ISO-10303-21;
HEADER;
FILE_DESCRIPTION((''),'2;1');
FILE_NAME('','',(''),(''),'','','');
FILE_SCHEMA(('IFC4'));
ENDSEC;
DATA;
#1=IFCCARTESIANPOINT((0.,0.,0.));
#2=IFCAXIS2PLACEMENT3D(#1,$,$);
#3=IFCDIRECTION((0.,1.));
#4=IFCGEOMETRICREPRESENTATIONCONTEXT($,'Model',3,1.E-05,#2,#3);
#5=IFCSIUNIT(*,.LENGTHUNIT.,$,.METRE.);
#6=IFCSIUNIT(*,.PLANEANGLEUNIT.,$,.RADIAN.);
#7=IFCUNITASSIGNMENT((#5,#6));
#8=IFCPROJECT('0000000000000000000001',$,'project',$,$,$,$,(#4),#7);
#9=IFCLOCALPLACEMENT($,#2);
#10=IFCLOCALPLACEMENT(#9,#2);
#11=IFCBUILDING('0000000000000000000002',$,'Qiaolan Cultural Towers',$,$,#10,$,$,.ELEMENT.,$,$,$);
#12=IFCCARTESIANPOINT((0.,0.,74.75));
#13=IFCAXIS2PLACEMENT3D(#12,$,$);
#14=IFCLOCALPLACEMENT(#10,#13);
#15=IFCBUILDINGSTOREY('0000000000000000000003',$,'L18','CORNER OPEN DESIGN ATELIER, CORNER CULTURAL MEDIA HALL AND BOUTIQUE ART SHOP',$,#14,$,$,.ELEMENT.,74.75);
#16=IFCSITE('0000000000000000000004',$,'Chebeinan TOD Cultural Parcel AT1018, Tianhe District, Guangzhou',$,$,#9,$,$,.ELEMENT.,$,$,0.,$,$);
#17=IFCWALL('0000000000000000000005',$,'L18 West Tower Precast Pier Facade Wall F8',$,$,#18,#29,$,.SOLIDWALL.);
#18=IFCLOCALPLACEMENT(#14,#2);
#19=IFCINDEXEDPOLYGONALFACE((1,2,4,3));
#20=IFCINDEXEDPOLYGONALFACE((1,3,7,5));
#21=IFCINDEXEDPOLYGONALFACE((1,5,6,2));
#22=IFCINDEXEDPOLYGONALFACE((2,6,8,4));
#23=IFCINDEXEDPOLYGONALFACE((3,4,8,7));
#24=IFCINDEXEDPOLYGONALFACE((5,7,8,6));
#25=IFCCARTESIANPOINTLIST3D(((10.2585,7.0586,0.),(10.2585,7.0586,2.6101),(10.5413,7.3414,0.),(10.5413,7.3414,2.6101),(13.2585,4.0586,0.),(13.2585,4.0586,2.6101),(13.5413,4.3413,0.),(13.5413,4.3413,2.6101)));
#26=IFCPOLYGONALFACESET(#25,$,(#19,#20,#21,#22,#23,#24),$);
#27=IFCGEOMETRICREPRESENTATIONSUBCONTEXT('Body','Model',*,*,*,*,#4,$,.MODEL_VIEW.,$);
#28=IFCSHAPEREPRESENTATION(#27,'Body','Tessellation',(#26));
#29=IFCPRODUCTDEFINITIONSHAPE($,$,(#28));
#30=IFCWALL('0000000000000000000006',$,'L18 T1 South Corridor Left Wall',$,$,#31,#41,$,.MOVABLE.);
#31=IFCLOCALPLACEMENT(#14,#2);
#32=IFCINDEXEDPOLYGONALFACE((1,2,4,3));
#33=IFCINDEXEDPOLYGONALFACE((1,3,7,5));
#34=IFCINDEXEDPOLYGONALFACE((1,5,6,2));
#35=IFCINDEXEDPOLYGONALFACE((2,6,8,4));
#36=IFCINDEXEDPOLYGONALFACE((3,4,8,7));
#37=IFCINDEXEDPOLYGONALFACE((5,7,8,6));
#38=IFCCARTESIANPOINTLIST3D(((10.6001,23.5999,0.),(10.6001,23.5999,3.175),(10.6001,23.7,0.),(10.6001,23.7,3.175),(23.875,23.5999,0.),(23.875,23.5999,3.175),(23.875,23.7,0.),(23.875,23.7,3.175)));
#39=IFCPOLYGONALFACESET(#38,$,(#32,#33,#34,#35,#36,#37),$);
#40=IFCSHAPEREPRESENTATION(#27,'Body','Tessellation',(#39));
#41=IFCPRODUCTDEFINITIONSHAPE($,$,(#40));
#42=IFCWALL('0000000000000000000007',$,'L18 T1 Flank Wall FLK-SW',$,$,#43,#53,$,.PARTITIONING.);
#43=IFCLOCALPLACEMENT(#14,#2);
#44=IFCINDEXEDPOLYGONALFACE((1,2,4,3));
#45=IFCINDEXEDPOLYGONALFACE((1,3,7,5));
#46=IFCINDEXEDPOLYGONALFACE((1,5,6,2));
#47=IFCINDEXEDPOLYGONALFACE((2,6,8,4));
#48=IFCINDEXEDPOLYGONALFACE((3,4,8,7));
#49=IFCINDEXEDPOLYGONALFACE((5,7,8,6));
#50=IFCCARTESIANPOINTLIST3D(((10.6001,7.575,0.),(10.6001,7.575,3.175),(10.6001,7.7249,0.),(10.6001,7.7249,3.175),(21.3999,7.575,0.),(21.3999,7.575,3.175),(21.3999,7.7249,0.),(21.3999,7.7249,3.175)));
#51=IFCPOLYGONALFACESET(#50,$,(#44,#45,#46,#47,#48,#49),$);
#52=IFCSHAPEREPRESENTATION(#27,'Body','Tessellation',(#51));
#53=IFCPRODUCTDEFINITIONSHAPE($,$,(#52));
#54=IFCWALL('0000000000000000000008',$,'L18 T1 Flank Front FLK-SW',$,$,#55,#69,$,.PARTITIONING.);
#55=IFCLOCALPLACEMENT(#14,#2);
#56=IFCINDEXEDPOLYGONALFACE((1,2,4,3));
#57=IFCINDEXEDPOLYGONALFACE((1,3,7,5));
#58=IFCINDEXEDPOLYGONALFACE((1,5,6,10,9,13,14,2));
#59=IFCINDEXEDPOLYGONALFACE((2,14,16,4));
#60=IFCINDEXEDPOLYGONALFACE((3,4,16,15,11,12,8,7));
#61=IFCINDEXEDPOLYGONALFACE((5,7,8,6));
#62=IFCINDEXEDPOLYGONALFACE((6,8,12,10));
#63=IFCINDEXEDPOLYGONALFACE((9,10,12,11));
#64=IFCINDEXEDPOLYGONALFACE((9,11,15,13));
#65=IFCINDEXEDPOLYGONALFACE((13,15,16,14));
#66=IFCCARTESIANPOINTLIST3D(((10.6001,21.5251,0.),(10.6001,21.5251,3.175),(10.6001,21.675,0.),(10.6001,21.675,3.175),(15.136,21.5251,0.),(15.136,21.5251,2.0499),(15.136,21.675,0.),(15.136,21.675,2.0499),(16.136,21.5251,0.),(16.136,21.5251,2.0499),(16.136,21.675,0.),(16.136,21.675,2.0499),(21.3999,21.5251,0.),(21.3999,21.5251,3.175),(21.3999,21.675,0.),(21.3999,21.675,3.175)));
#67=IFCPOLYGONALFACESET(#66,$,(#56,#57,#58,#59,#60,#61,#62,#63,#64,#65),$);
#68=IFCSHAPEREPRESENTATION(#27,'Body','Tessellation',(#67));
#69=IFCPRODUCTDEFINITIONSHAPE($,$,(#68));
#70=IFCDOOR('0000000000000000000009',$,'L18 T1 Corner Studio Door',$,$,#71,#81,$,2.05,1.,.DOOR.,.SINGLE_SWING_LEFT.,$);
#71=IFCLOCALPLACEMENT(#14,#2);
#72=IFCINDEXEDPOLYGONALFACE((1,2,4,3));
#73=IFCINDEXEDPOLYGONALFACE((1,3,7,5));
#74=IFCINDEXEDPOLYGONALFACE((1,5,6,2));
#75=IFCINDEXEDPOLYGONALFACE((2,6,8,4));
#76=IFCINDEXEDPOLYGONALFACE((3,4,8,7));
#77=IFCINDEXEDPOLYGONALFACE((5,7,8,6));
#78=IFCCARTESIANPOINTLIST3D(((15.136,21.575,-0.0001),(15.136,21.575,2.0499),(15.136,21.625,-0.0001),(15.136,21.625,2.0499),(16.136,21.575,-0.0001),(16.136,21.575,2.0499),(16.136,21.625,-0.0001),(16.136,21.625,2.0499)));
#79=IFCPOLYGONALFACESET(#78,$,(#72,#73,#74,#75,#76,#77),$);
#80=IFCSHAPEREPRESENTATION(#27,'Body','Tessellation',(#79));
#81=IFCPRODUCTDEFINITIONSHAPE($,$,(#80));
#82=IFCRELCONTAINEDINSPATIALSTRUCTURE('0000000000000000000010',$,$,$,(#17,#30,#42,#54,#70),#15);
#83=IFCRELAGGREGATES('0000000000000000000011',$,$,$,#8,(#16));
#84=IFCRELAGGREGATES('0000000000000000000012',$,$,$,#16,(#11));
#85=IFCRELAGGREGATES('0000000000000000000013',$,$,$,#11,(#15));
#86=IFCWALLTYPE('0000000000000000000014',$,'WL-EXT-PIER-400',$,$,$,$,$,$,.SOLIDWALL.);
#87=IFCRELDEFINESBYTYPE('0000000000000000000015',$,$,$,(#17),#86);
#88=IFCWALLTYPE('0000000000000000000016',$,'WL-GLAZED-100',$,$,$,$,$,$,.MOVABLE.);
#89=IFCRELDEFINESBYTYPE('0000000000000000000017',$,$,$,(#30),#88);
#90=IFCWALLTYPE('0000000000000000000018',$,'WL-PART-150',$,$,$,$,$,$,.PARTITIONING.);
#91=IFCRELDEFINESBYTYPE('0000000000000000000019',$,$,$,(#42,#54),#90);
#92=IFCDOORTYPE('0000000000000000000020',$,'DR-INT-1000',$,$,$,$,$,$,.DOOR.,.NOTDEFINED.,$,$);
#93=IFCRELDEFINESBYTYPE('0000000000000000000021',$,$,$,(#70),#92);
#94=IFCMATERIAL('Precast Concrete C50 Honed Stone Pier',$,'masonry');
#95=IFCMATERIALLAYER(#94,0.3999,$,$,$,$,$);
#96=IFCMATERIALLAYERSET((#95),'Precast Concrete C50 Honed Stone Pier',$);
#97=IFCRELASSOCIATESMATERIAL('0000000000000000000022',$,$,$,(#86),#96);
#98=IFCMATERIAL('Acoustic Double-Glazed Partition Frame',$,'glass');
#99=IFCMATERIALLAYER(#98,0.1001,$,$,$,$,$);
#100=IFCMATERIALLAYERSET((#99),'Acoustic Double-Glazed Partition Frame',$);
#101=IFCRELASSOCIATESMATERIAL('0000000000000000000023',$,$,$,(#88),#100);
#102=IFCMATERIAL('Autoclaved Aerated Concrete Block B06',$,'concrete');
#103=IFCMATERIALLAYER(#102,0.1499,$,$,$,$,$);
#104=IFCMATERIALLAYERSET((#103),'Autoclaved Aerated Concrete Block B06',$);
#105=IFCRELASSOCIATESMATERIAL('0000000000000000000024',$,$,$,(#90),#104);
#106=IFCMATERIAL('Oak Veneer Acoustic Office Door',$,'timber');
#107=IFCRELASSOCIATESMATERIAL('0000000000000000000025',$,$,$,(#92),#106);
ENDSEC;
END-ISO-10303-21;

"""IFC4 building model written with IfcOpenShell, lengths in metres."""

from ifc_helpers import new_model, si_unit, direction, frame, frame_2d, origin, place, context, subcontext, project, spatial, rectangle, extrude, material, layer, layer_set, type_object, element, fill, save


model = new_model("IFC4")

# Units and contexts
model_context = context("Model", 3, precision=1e-05, world=origin(), true_north=direction((0.0, 1.0)))
body_context = subcontext(model_context, "Body", "Model", "MODEL_VIEW")
ifc_project = project(units=[si_unit("LENGTHUNIT", "METRE"), si_unit("PLANEANGLEUNIT", "RADIAN")], contexts=[model_context])

# Site, building, storey
site_placement = place(None, origin())
site = spatial("IfcSite", under=ifc_project, at=site_placement, Name="Chebeinan TOD Cultural Parcel AT1018, Tianhe District, Guangzhou", CompositionType="ELEMENT", RefElevation=0.0)
building_placement = place(site_placement, origin())
building = spatial("IfcBuilding", under=site, at=building_placement, Name="Qiaolan Cultural Towers", CompositionType="ELEMENT")
storey_placement = place(building_placement, frame((0.0, 0.0, 74.75)))
storey = spatial("IfcBuildingStorey", under=building, at=storey_placement, Name="L18", Description="CORNER OPEN DESIGN ATELIER, CORNER CULTURAL MEDIA HALL AND BOUTIQUE ART SHOP", CompositionType="ELEMENT", Elevation=74.75)

# Shared definitions
ifc_material_1 = material(Name="Precast Concrete C50 Honed Stone Pier", Category="masonry")
ifc_layer_1 = layer(ifc_material_1, 0.3999)
ifc_layer_set_1 = layer_set([ifc_layer_1], Name="Precast Concrete C50 Honed Stone Pier")
wall_type_1 = type_object("IfcWallType", Name="WL-EXT-PIER-400", PredefinedType="SOLIDWALL", material=ifc_layer_set_1)

# Walls
wall_1_placement = place(storey_placement, frame((13.3999, 4.2, 0.0), z_axis=(0.0, 0.0, 1.0), x_axis=(-0.707107, 0.707107, 0.0)))
element("IfcWall", 1, at=wall_1_placement, inside=storey, type_object=wall_type_1, Name="L18 West Tower Precast Pier Facade Wall F8", PredefinedType="SOLIDWALL", context=body_context, shape_type="SweptSolid", body=[
    extrude(rectangle(XDim=4.2427, YDim=0.3999, at=frame_2d((2.1213, 0.0))), origin(), (0.0, 0.0, 1.0), 2.6101),
])
ifc_material_2 = material(Name="Acoustic Double-Glazed Partition Frame", Category="glass")
ifc_layer_2 = layer(ifc_material_2, 0.1001)
ifc_layer_set_2 = layer_set([ifc_layer_2], Name="Acoustic Double-Glazed Partition Frame")
wall_type_2 = type_object("IfcWallType", Name="WL-GLAZED-100", PredefinedType="MOVABLE", material=ifc_layer_set_2)
wall_2_placement = place(storey_placement, frame((10.6001, 23.6499, 0.0), z_axis=(0.0, 0.0, 1.0), x_axis=(1.0, 0.0, 0.0)))
element("IfcWall", 2, at=wall_2_placement, inside=storey, type_object=wall_type_2, Name="L18 T1 South Corridor Left Wall", PredefinedType="MOVABLE", context=body_context, shape_type="SweptSolid", body=[
    extrude(rectangle(XDim=13.2749, YDim=0.1001, at=frame_2d((6.6375, 0.0))), origin(), (0.0, 0.0, 1.0), 3.175),
])
ifc_material_3 = material(Name="Autoclaved Aerated Concrete Block B06", Category="concrete")
ifc_layer_3 = layer(ifc_material_3, 0.1499)
ifc_layer_set_3 = layer_set([ifc_layer_3], Name="Autoclaved Aerated Concrete Block B06")
wall_type_3 = type_object("IfcWallType", Name="WL-PART-150", PredefinedType="PARTITIONING", material=ifc_layer_set_3)
wall_3_placement = place(storey_placement, frame((10.6001, 7.6499, 0.0), z_axis=(0.0, 0.0, 1.0), x_axis=(1.0, 0.0, 0.0)))
element("IfcWall", 3, at=wall_3_placement, inside=storey, type_object=wall_type_3, Name="L18 T1 Flank Wall FLK-SW", PredefinedType="PARTITIONING", context=body_context, shape_type="SweptSolid", body=[
    extrude(rectangle(XDim=10.7998, YDim=0.1499, at=frame_2d((5.3999, 0.0))), origin(), (0.0, 0.0, 1.0), 3.175),
])

# Wall, opening, door
wall_4_placement = place(storey_placement, frame((10.6001, 21.6001, 0.0), z_axis=(0.0, 0.0, 1.0), x_axis=(1.0, 0.0, 0.0)))
wall_4 = element("IfcWall", 4, at=wall_4_placement, inside=storey, type_object=wall_type_3, Name="L18 T1 Flank Front FLK-SW", PredefinedType="PARTITIONING", context=body_context, shape_type="SweptSolid", body=[
    extrude(rectangle(XDim=10.7998, YDim=0.1499, at=frame_2d((5.3999, 0.0))), origin(), (0.0, 0.0, 1.0), 3.175),
])
opening_1_placement = place(wall_4_placement, frame((4.5359, 0.0, 0.0)))
opening_1 = element("IfcOpeningElement", 5, at=opening_1_placement, cuts=wall_4, PredefinedType="OPENING", context=body_context, shape_type="SweptSolid", body=[
    extrude(rectangle(XDim=1.0, YDim=2.05, at=frame_2d((0.5, 1.0249))), frame((0.0, 0.085, 0.0), z_axis=(0.0, -1.0, 0.0), x_axis=(1.0, 0.0, 0.0)), (0.0, 0.0, 1.0), 0.1699),
])
ifc_material_4 = material(Name="Oak Veneer Acoustic Office Door", Category="timber")
door_type = type_object("IfcDoorType", Name="DR-INT-1000", OperationType="NOTDEFINED", PredefinedType="DOOR", material=ifc_material_4)
door_placement = place(opening_1_placement, origin())
door = element("IfcDoor", 6, at=door_placement, inside=storey, type_object=door_type, Name="L18 T1 Corner Studio Door", OperationType="SINGLE_SWING_LEFT", OverallHeight=2.05, OverallWidth=1.0, PredefinedType="DOOR", context=body_context, shape_type="SweptSolid", body=[
    extrude(rectangle(XDim=1.0, YDim=2.05, at=frame_2d((0.5, 1.0249))), frame((0.0, 0.0249, 0.0), z_axis=(0.0, -1.0, 0.0), x_axis=(1.0, 0.0, 0.0)), (0.0, 0.0, 1.0), 0.05),
])
fill(opening_1, door)

save(model, "model.ifc")
